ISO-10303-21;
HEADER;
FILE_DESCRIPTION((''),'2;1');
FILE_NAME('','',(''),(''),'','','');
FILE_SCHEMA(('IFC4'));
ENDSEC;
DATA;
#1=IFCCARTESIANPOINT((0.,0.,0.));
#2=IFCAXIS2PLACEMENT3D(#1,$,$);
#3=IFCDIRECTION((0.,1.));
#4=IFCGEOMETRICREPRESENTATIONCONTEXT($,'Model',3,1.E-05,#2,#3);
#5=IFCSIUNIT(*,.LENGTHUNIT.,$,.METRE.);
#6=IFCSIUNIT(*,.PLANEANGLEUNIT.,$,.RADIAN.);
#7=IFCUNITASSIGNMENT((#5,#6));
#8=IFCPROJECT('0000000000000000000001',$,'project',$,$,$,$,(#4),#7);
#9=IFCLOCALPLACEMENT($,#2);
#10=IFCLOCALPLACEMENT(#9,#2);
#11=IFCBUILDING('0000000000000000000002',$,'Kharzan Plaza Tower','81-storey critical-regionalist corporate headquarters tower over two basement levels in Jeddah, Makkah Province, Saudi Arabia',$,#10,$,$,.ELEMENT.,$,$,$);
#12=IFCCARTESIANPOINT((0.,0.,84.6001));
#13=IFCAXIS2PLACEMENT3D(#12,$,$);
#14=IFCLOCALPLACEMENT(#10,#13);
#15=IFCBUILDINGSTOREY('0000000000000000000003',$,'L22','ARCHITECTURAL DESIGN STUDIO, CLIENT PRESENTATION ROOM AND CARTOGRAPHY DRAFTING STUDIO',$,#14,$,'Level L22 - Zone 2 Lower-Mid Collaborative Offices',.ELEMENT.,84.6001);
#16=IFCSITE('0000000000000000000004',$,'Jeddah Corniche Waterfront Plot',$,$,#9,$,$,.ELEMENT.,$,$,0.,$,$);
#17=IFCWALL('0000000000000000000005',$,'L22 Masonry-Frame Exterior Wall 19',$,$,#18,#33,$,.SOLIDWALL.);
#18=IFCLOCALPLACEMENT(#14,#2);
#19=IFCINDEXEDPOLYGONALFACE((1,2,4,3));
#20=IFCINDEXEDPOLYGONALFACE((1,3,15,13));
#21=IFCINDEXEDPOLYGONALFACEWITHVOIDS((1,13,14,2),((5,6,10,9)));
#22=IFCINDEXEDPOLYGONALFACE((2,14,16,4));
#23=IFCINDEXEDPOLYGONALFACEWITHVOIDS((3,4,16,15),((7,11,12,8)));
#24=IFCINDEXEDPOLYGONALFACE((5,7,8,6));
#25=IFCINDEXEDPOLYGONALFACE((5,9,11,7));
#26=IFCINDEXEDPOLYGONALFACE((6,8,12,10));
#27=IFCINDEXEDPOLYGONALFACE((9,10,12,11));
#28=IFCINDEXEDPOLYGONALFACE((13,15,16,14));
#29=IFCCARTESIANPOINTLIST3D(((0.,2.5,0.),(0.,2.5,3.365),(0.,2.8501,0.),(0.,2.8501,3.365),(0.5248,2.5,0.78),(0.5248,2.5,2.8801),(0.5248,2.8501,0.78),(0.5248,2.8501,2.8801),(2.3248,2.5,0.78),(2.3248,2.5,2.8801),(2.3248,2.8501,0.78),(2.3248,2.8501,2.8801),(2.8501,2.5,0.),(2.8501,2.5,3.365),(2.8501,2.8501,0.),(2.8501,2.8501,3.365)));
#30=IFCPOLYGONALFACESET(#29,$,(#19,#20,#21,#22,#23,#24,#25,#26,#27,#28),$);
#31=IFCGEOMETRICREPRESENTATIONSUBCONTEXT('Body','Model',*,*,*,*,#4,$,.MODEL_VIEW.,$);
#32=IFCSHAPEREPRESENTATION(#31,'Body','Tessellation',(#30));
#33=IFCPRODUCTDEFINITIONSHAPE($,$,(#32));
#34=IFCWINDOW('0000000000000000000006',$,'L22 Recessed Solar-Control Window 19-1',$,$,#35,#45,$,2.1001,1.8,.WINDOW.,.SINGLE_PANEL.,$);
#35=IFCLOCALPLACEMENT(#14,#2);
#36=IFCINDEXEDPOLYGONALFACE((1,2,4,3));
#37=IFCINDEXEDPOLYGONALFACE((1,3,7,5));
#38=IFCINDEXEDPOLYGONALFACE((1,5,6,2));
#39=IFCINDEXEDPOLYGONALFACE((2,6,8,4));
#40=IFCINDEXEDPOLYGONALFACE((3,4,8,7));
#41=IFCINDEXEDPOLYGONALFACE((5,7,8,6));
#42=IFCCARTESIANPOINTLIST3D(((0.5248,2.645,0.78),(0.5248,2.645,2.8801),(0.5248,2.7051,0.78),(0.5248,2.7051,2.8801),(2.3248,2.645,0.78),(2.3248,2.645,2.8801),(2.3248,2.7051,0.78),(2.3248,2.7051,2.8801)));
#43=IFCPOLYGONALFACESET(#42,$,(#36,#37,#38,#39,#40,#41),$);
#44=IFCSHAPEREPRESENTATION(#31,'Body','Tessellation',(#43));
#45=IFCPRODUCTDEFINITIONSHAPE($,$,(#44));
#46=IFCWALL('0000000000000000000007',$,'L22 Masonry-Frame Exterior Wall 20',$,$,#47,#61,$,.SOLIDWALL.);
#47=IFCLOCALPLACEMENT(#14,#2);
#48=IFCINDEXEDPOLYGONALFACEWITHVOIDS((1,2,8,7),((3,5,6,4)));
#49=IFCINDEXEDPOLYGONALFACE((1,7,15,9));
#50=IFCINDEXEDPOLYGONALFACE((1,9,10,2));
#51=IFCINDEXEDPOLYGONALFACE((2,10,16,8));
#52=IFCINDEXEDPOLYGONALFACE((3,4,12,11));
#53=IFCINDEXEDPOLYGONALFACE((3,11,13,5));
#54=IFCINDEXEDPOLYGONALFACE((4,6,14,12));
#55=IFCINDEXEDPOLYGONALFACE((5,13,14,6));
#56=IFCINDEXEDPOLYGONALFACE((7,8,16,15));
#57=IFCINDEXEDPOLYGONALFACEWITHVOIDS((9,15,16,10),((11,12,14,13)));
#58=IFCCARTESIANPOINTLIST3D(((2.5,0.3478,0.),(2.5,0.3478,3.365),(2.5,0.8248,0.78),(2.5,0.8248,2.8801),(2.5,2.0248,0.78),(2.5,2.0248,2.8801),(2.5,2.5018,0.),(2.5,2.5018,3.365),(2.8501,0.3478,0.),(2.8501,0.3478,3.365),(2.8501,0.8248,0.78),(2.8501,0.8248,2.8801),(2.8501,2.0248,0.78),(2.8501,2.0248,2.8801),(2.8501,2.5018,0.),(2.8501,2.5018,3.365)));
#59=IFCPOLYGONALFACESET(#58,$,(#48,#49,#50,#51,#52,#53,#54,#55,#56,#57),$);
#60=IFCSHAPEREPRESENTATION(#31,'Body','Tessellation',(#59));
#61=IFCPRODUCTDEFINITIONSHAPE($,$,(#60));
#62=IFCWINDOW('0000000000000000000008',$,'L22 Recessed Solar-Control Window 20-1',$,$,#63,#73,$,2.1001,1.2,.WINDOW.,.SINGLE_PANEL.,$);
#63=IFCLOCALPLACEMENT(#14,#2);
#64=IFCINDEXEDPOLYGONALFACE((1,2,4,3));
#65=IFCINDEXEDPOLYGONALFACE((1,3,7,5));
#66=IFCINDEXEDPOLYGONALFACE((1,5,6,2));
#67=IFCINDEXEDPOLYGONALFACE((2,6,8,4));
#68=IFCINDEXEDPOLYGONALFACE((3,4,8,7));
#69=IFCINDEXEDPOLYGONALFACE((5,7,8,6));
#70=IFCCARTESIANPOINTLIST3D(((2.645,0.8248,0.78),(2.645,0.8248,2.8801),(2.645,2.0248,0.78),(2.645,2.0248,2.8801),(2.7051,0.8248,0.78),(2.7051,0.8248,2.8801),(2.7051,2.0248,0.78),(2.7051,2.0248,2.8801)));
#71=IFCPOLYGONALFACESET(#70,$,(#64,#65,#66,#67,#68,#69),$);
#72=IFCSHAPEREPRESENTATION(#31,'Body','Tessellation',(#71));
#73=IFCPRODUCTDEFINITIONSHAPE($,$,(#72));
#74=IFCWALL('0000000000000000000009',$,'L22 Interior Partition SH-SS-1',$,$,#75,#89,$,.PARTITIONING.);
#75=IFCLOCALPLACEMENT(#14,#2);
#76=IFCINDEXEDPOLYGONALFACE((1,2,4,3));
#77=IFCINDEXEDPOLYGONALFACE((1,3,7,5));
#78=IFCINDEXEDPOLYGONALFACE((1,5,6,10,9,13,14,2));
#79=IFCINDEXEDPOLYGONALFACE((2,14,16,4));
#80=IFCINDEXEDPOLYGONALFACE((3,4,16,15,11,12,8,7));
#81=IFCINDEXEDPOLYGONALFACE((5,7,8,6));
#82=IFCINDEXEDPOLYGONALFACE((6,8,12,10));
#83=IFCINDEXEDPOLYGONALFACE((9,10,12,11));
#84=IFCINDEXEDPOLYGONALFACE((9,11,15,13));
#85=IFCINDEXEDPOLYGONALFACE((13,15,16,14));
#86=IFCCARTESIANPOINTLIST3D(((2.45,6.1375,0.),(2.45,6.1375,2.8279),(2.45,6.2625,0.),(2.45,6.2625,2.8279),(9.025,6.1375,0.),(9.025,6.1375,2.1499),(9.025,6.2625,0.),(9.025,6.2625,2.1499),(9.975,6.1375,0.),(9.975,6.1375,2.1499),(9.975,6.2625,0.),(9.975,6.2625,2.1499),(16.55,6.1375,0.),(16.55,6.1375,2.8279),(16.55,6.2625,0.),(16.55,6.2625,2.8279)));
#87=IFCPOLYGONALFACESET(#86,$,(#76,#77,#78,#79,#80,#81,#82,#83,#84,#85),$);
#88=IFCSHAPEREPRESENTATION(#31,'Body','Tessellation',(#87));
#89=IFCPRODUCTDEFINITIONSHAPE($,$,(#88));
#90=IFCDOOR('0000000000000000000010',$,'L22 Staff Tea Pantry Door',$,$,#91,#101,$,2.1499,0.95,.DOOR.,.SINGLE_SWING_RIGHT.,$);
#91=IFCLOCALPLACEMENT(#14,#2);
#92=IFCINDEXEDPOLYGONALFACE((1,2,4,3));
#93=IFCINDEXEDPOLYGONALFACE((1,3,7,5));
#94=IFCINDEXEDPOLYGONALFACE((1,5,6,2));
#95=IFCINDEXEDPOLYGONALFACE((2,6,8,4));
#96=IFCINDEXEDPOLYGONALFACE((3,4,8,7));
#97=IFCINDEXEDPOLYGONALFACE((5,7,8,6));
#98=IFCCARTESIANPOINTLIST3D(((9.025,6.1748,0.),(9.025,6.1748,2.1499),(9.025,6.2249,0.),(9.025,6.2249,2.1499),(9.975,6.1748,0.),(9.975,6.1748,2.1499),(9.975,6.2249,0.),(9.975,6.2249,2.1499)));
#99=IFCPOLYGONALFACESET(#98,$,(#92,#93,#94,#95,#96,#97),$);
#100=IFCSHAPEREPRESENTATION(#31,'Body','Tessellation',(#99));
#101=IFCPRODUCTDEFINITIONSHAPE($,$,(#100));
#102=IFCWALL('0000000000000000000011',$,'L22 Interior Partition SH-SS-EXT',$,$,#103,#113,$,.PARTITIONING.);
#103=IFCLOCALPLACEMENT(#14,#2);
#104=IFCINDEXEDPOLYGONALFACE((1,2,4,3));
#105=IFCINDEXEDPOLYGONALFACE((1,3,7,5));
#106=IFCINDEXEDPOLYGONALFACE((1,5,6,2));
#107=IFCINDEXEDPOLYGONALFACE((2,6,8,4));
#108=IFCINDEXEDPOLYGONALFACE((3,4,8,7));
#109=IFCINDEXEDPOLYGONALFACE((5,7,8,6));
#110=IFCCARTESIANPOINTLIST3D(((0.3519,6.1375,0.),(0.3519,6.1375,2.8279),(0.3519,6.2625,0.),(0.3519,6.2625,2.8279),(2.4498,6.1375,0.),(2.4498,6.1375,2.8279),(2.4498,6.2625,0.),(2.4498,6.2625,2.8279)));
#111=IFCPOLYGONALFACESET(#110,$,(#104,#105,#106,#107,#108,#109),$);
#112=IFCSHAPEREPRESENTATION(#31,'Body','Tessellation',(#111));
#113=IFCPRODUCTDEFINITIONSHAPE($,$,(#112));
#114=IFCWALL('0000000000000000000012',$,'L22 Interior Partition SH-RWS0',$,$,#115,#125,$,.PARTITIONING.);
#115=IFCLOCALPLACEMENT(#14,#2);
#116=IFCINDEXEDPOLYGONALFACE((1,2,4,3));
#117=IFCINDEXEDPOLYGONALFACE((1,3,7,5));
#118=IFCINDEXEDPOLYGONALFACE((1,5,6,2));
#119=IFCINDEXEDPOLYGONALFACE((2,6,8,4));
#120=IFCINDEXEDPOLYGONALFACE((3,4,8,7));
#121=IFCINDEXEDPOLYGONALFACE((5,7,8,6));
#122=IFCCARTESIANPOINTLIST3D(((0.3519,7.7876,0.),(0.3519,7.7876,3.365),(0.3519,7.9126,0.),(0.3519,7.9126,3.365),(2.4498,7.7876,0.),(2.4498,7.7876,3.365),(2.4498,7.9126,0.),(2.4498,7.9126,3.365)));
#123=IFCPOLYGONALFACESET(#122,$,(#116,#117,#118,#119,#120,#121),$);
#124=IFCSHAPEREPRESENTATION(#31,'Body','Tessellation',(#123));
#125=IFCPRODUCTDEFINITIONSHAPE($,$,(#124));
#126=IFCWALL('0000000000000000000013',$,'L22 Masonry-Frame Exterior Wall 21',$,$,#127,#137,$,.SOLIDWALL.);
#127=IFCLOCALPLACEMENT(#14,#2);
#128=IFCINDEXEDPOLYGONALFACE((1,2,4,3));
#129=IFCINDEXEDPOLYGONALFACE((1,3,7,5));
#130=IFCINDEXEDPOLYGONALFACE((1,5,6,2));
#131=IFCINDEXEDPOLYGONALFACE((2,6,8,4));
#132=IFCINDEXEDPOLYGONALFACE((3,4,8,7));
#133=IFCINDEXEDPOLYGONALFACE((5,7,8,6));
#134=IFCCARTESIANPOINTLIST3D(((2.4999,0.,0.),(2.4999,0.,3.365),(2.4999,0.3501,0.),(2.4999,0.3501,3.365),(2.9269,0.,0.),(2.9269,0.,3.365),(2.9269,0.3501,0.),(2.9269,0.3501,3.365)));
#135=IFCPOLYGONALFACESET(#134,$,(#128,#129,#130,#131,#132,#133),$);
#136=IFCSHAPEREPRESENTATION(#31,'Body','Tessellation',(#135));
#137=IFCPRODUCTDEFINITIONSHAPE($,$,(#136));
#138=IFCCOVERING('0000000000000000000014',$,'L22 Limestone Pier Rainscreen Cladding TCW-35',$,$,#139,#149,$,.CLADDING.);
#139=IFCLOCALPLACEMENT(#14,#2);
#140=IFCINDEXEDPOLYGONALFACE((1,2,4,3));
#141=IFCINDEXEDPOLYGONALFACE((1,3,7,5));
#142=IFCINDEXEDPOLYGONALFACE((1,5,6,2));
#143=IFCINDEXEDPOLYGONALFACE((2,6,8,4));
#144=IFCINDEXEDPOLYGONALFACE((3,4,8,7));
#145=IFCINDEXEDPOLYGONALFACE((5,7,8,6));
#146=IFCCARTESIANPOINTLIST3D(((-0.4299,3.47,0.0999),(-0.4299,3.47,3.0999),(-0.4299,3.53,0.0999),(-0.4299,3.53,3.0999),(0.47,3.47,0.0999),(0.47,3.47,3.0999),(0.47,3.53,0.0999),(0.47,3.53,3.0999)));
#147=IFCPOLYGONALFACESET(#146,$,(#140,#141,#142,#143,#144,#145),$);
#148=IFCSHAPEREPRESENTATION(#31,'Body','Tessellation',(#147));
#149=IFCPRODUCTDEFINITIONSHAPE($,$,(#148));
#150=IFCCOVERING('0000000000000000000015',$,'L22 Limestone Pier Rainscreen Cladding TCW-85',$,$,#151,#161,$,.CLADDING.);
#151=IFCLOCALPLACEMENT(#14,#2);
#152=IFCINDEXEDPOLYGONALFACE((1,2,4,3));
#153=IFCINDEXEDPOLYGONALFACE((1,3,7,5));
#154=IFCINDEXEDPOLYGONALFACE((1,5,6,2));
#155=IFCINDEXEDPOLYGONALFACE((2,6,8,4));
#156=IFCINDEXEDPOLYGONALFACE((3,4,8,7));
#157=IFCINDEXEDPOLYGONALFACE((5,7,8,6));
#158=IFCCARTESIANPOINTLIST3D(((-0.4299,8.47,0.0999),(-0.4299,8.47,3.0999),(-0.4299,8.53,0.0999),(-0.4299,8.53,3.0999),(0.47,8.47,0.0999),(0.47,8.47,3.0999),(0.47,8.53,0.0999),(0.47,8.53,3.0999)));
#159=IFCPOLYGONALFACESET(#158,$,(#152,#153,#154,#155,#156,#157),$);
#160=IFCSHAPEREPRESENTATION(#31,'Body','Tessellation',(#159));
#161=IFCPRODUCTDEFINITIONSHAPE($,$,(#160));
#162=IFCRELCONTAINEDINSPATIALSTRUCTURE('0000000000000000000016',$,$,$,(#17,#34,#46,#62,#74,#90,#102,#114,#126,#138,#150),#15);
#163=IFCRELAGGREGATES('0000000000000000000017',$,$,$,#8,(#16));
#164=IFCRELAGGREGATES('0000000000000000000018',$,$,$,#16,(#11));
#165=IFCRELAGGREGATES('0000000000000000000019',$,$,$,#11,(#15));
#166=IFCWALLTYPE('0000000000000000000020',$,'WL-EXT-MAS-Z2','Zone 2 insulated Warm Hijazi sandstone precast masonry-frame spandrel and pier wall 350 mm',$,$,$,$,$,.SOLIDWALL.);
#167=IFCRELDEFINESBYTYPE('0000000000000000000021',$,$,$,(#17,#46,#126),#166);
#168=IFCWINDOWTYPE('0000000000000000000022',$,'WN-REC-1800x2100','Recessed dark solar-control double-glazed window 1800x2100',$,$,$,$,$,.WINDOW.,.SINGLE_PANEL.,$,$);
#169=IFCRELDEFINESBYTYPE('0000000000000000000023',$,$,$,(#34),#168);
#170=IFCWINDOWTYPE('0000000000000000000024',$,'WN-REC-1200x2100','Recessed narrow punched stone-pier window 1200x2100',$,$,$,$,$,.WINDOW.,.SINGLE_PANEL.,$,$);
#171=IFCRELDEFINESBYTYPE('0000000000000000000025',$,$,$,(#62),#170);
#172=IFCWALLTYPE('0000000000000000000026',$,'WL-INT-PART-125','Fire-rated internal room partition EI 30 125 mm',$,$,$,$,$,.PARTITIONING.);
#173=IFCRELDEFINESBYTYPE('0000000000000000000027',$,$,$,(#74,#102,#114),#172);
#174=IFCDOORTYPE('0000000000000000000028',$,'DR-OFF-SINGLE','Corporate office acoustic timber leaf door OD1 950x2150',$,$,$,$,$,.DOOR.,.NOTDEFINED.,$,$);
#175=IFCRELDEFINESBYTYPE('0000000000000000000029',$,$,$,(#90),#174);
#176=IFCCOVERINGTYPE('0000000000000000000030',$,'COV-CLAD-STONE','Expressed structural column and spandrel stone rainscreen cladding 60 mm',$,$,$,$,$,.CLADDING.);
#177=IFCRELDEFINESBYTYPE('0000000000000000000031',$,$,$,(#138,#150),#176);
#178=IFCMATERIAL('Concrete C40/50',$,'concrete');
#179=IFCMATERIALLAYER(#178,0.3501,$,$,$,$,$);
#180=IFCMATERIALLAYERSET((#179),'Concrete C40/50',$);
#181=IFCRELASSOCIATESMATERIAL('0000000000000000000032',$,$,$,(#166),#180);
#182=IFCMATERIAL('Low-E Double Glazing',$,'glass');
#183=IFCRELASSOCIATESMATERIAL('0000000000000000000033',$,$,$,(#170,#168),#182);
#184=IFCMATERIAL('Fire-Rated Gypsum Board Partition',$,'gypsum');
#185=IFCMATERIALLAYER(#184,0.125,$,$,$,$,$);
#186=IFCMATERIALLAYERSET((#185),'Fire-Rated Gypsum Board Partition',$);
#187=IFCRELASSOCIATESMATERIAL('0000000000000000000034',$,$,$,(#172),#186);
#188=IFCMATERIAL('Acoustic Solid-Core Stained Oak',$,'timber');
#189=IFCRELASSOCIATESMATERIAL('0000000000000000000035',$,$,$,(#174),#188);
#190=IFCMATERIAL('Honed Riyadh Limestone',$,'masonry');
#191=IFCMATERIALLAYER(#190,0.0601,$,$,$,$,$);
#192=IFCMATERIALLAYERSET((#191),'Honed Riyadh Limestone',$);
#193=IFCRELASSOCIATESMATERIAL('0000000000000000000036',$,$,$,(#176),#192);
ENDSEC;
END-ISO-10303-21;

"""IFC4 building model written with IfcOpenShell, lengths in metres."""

from ifc_helpers import new_model, si_unit, direction, frame, frame_2d, origin, origin_2d, place, context, subcontext, project, spatial, rectangle, extrude, source, transform, mapped, material, layer, layer_set, type_object, element, fill, save


model = new_model("IFC4")

# Units and contexts
model_context = context("Model", 3, precision=1e-05, world=origin(), true_north=direction((0.0, 1.0)))
body_context = subcontext(model_context, "Body", "Model", "MODEL_VIEW")
ifc_project = project(units=[si_unit("LENGTHUNIT", "METRE"), si_unit("PLANEANGLEUNIT", "RADIAN")], contexts=[model_context])

# Site, building, storey
site_placement = place(None, origin())
site = spatial("IfcSite", under=ifc_project, at=site_placement, Name="Jeddah Corniche Waterfront Plot", CompositionType="ELEMENT", RefElevation=0.0)
building_placement = place(site_placement, origin())
building = spatial("IfcBuilding", under=site, at=building_placement, Name="Kharzan Plaza Tower", Description="81-storey critical-regionalist corporate headquarters tower over two basement levels in Jeddah, Makkah Province, Saudi Arabia", CompositionType="ELEMENT")
storey_placement = place(building_placement, frame((0.0, 0.0, 84.6001)))
storey = spatial("IfcBuildingStorey", under=building, at=storey_placement, Name="L22", Description="ARCHITECTURAL DESIGN STUDIO, CLIENT PRESENTATION ROOM AND CARTOGRAPHY DRAFTING STUDIO", LongName="Level L22 - Zone 2 Lower-Mid Collaborative Offices", CompositionType="ELEMENT", Elevation=84.6001)

# Shared definitions
ifc_material_1 = material(Name="Concrete C40/50", Category="concrete")

# Walls, openings, windows
ifc_layer_1 = layer(ifc_material_1, 0.3501)
ifc_layer_set_1 = layer_set([ifc_layer_1], Name="Concrete C40/50")
wall_type_1 = type_object("IfcWallType", Name="WL-EXT-MAS-Z2", Description="Zone 2 insulated Warm Hijazi sandstone precast masonry-frame spandrel and pier wall 350 mm", PredefinedType="SOLIDWALL", material=ifc_layer_set_1)
ifc_material_2 = material(Name="Low-E Double Glazing", Category="glass")
window_type_1 = type_object("IfcWindowType", Name="WN-REC-1200x2100", Description="Recessed narrow punched stone-pier window 1200x2100", PartitioningType="SINGLE_PANEL", PredefinedType="WINDOW", material=ifc_material_2)
shared_shape_1 = source(origin(), body_context, "Body", "SweptSolid", [
    extrude(rectangle(XDim=1.2, YDim=2.1001, at=frame_2d((0.6001, 1.05))), frame((0.0, 0.03, 0.0), z_axis=(0.0, -1.0, 0.0), x_axis=(1.0, 0.0, 0.0)), (0.0, 0.0, 1.0), 0.0601),
])
wall_1_placement = place(storey_placement, frame((0.0, 2.675, 0.0), z_axis=(0.0, 0.0, 1.0), x_axis=(1.0, 0.0, 0.0)))
wall_1 = element("IfcWall", 1, at=wall_1_placement, inside=storey, type_object=wall_type_1, Name="L22 Masonry-Frame Exterior Wall 19", PredefinedType="SOLIDWALL", context=body_context, shape_type="SweptSolid", body=[
    extrude(rectangle(XDim=2.8501, YDim=0.3501, at=frame_2d((1.425, 0.0))), origin(), (0.0, 0.0, 1.0), 3.365),
])
opening_1_placement = place(wall_1_placement, frame((0.5249, 0.0, 0.78)))
opening_1 = element("IfcOpeningElement", 2, at=opening_1_placement, cuts=wall_1, PredefinedType="OPENING", context=body_context, shape_type="SweptSolid", body=[
    extrude(rectangle(XDim=1.8, YDim=2.1001, at=frame_2d((0.8999, 1.05))), frame((0.0, 0.1851, 0.0), z_axis=(0.0, -1.0, 0.0), x_axis=(1.0, 0.0, 0.0)), (0.0, 0.0, 1.0), 0.3701),
])
window_type_2 = type_object("IfcWindowType", Name="WN-REC-1800x2100", Description="Recessed dark solar-control double-glazed window 1800x2100", PartitioningType="SINGLE_PANEL", PredefinedType="WINDOW", material=ifc_material_2)
shared_shape_2 = source(origin(), body_context, "Body", "SweptSolid", [
    extrude(rectangle(XDim=1.8, YDim=2.1001, at=frame_2d((0.8999, 1.05))), frame((0.0, 0.03, 0.0), z_axis=(0.0, -1.0, 0.0), x_axis=(1.0, 0.0, 0.0)), (0.0, 0.0, 1.0), 0.0601),
])
window_1_placement = place(opening_1_placement, origin())
window_1 = element("IfcWindow", 3, at=window_1_placement, inside=storey, type_object=window_type_2, Name="L22 Recessed Solar-Control Window 19-1", OverallHeight=2.1001, OverallWidth=1.8, PartitioningType="SINGLE_PANEL", PredefinedType="WINDOW", context=body_context, shape_type="MappedRepresentation", body=[
    mapped(shared_shape_2, transform((0.0, 0.0, 0.0), x_axis=(1.0, 0.0, 0.0), y_axis=(0.0, 1.0, 0.0), z_axis=(0.0, 0.0, 1.0))),
])
fill(opening_1, window_1)
wall_2_placement = place(storey_placement, frame((2.675, 2.502, 0.0), z_axis=(0.0, 0.0, 1.0), x_axis=(0.0, -1.0, 0.0)))
wall_2 = element("IfcWall", 4, at=wall_2_placement, inside=storey, type_object=wall_type_1, Name="L22 Masonry-Frame Exterior Wall 20", PredefinedType="SOLIDWALL", context=body_context, shape_type="SweptSolid", body=[
    extrude(rectangle(XDim=2.1541, YDim=0.3501, at=frame_2d((1.0771, 0.0))), origin(), (0.0, 0.0, 1.0), 3.365),
])
opening_2_placement = place(wall_2_placement, frame((0.4771, 0.0, 0.78)))
opening_2 = element("IfcOpeningElement", 5, at=opening_2_placement, cuts=wall_2, PredefinedType="OPENING", context=body_context, shape_type="SweptSolid", body=[
    extrude(rectangle(XDim=1.2, YDim=2.1001, at=frame_2d((0.6001, 1.05))), frame((0.0, 0.1851, 0.0), z_axis=(0.0, -1.0, 0.0), x_axis=(1.0, 0.0, 0.0)), (0.0, 0.0, 1.0), 0.3701),
])
window_2_placement = place(opening_2_placement, origin())
window_2 = element("IfcWindow", 6, at=window_2_placement, inside=storey, type_object=window_type_1, Name="L22 Recessed Solar-Control Window 20-1", OverallHeight=2.1001, OverallWidth=1.2, PartitioningType="SINGLE_PANEL", PredefinedType="WINDOW", context=body_context, shape_type="MappedRepresentation", body=[
    mapped(shared_shape_1, transform((0.0, 0.0, 0.0), x_axis=(1.0, 0.0, 0.0), y_axis=(0.0, 1.0, 0.0), z_axis=(0.0, 0.0, 1.0))),
])
fill(opening_2, window_2)

# Wall, opening, door
ifc_material_3 = material(Name="Fire-Rated Gypsum Board Partition", Category="gypsum")
ifc_layer_2 = layer(ifc_material_3, 0.125)
ifc_layer_set_2 = layer_set([ifc_layer_2], Name="Fire-Rated Gypsum Board Partition")
wall_type_2 = type_object("IfcWallType", Name="WL-INT-PART-125", Description="Fire-rated internal room partition EI 30 125 mm", PredefinedType="PARTITIONING", material=ifc_layer_set_2)
ifc_material_4 = material(Name="Acoustic Solid-Core Stained Oak", Category="timber")
door_type = type_object("IfcDoorType", Name="DR-OFF-SINGLE", Description="Corporate office acoustic timber leaf door OD1 950x2150", OperationType="NOTDEFINED", PredefinedType="DOOR", material=ifc_material_4)
shared_shape_3 = source(origin(), body_context, "Body", "SweptSolid", [
    extrude(rectangle(XDim=0.95, YDim=2.1499, at=frame_2d((0.4751, 1.075))), frame((0.0, 0.0249, 0.0), z_axis=(0.0, -1.0, 0.0), x_axis=(1.0, 0.0, 0.0)), (0.0, 0.0, 1.0), 0.05),
])
wall_3_placement = place(storey_placement, frame((2.45, 6.2, 0.0), z_axis=(0.0, 0.0, 1.0), x_axis=(1.0, 0.0, 0.0)))
wall_3 = element("IfcWall", 7, at=wall_3_placement, inside=storey, type_object=wall_type_2, Name="L22 Interior Partition SH-SS-1", PredefinedType="PARTITIONING", context=body_context, shape_type="SweptSolid", body=[
    extrude(rectangle(XDim=14.1001, YDim=0.125, at=frame_2d((7.05, 0.0))), origin(), (0.0, 0.0, 1.0), 2.8279),
])
opening_3_placement = place(wall_3_placement, frame((6.575, 0.0, 0.0)))
opening_3 = element("IfcOpeningElement", 8, at=opening_3_placement, cuts=wall_3, PredefinedType="OPENING", context=body_context, shape_type="SweptSolid", body=[
    extrude(rectangle(XDim=0.95, YDim=2.1499, at=frame_2d((0.4751, 1.075))), frame((0.0, 0.0725, 0.0), z_axis=(0.0, -1.0, 0.0), x_axis=(1.0, 0.0, 0.0)), (0.0, 0.0, 1.0), 0.145),
])
door_1_placement = place(opening_3_placement, origin())
door_1 = element("IfcDoor", 9, at=door_1_placement, inside=storey, type_object=door_type, Name="L22 Staff Tea Pantry Door", OperationType="SINGLE_SWING_RIGHT", OverallHeight=2.1499, OverallWidth=0.95, PredefinedType="DOOR", context=body_context, shape_type="MappedRepresentation", body=[
    mapped(shared_shape_3, transform((0.0, 0.0, 0.0), x_axis=(1.0, 0.0, 0.0), y_axis=(0.0, 1.0, 0.0), z_axis=(0.0, 0.0, 1.0))),
])
fill(opening_3, door_1)

# Walls
shared_shape_4 = source(origin(), body_context, "Body", "SweptSolid", [
    extrude(rectangle(XDim=2.0979, YDim=0.125, at=frame_2d((1.0488, 0.0))), origin(), (0.0, 0.0, 1.0), 2.8279),
])
wall_4_placement = place(storey_placement, frame((0.3521, 6.2, 0.0), z_axis=(0.0, 0.0, 1.0), x_axis=(1.0, 0.0, 0.0)))
element("IfcWall", 10, at=wall_4_placement, inside=storey, type_object=wall_type_2, Name="L22 Interior Partition SH-SS-EXT", PredefinedType="PARTITIONING", context=body_context, shape_type="MappedRepresentation", body=[
    mapped(shared_shape_4, transform((0.0, 0.0, 0.0), x_axis=(1.0, 0.0, 0.0), y_axis=(0.0, 1.0, 0.0), z_axis=(0.0, 0.0, 1.0))),
])
shared_shape_5 = source(origin(), body_context, "Body", "SweptSolid", [
    extrude(rectangle(XDim=2.0979, YDim=0.125, at=frame_2d((1.0488, 0.0))), origin(), (0.0, 0.0, 1.0), 3.365),
])
wall_5_placement = place(storey_placement, frame((0.3521, 7.8501, 0.0), z_axis=(0.0, 0.0, 1.0), x_axis=(1.0, 0.0, 0.0)))
element("IfcWall", 11, at=wall_5_placement, inside=storey, type_object=wall_type_2, Name="L22 Interior Partition SH-RWS0", PredefinedType="PARTITIONING", context=body_context, shape_type="MappedRepresentation", body=[
    mapped(shared_shape_5, transform((0.0, 0.0, 0.0), x_axis=(1.0, 0.0, 0.0), y_axis=(0.0, 1.0, 0.0), z_axis=(0.0, 0.0, 1.0))),
])
shared_shape_6 = source(origin(), body_context, "Body", "SweptSolid", [
    extrude(rectangle(XDim=0.427, YDim=0.3501, at=frame_2d((0.2134, 0.0))), origin(), (0.0, 0.0, 1.0), 3.365),
])
wall_6_placement = place(storey_placement, frame((2.5, 0.175, 0.0), z_axis=(0.0, 0.0, 1.0), x_axis=(1.0, 0.0, 0.0)))
element("IfcWall", 12, at=wall_6_placement, inside=storey, type_object=wall_type_1, Name="L22 Masonry-Frame Exterior Wall 21", PredefinedType="SOLIDWALL", context=body_context, shape_type="MappedRepresentation", body=[
    mapped(shared_shape_6, transform((0.0, 0.0, 0.0), x_axis=(1.0, 0.0, 0.0), y_axis=(0.0, 1.0, 0.0), z_axis=(0.0, 0.0, 1.0))),
])

# Coverings
ifc_material_5 = material(Name="Honed Riyadh Limestone", Category="masonry")
ifc_layer_3 = layer(ifc_material_5, 0.0601)
ifc_layer_set_3 = layer_set([ifc_layer_3], Name="Honed Riyadh Limestone")
covering_type = type_object("IfcCoveringType", Name="COV-CLAD-STONE", Description="Expressed structural column and spandrel stone rainscreen cladding 60 mm", PredefinedType="CLADDING", material=ifc_layer_set_3)
shared_shape_7 = source(origin(), body_context, "Body", "SweptSolid", [
    extrude(rectangle(XDim=0.0601, YDim=0.8999, at=origin_2d()), origin(), (0.0, 0.0, 1.0), 3.0),
])
for number, where, z_axis, x_axis, name in (
    (13, (0.02, 3.5, 0.0999), (0.0, 0.0, 1.0), (0.0, 1.0, 0.0), "L22 Limestone Pier Rainscreen Cladding TCW-35"),
    (14, (0.02, 8.5, 0.0999), (0.0, 0.0, 1.0), (0.0, 1.0, 0.0), "L22 Limestone Pier Rainscreen Cladding TCW-85"),
):
    element("IfcCovering", number, at=place(storey_placement, frame(where, z_axis=z_axis, x_axis=x_axis)), inside=storey, type_object=covering_type, Name=name, PredefinedType="CLADDING", context=body_context, shape_type="MappedRepresentation", body=[
        mapped(shared_shape_7, transform((0.0, 0.0, 0.0), x_axis=(1.0, 0.0, 0.0), y_axis=(0.0, 1.0, 0.0), z_axis=(0.0, 0.0, 1.0))),
    ])

save(model, "model.ifc")
